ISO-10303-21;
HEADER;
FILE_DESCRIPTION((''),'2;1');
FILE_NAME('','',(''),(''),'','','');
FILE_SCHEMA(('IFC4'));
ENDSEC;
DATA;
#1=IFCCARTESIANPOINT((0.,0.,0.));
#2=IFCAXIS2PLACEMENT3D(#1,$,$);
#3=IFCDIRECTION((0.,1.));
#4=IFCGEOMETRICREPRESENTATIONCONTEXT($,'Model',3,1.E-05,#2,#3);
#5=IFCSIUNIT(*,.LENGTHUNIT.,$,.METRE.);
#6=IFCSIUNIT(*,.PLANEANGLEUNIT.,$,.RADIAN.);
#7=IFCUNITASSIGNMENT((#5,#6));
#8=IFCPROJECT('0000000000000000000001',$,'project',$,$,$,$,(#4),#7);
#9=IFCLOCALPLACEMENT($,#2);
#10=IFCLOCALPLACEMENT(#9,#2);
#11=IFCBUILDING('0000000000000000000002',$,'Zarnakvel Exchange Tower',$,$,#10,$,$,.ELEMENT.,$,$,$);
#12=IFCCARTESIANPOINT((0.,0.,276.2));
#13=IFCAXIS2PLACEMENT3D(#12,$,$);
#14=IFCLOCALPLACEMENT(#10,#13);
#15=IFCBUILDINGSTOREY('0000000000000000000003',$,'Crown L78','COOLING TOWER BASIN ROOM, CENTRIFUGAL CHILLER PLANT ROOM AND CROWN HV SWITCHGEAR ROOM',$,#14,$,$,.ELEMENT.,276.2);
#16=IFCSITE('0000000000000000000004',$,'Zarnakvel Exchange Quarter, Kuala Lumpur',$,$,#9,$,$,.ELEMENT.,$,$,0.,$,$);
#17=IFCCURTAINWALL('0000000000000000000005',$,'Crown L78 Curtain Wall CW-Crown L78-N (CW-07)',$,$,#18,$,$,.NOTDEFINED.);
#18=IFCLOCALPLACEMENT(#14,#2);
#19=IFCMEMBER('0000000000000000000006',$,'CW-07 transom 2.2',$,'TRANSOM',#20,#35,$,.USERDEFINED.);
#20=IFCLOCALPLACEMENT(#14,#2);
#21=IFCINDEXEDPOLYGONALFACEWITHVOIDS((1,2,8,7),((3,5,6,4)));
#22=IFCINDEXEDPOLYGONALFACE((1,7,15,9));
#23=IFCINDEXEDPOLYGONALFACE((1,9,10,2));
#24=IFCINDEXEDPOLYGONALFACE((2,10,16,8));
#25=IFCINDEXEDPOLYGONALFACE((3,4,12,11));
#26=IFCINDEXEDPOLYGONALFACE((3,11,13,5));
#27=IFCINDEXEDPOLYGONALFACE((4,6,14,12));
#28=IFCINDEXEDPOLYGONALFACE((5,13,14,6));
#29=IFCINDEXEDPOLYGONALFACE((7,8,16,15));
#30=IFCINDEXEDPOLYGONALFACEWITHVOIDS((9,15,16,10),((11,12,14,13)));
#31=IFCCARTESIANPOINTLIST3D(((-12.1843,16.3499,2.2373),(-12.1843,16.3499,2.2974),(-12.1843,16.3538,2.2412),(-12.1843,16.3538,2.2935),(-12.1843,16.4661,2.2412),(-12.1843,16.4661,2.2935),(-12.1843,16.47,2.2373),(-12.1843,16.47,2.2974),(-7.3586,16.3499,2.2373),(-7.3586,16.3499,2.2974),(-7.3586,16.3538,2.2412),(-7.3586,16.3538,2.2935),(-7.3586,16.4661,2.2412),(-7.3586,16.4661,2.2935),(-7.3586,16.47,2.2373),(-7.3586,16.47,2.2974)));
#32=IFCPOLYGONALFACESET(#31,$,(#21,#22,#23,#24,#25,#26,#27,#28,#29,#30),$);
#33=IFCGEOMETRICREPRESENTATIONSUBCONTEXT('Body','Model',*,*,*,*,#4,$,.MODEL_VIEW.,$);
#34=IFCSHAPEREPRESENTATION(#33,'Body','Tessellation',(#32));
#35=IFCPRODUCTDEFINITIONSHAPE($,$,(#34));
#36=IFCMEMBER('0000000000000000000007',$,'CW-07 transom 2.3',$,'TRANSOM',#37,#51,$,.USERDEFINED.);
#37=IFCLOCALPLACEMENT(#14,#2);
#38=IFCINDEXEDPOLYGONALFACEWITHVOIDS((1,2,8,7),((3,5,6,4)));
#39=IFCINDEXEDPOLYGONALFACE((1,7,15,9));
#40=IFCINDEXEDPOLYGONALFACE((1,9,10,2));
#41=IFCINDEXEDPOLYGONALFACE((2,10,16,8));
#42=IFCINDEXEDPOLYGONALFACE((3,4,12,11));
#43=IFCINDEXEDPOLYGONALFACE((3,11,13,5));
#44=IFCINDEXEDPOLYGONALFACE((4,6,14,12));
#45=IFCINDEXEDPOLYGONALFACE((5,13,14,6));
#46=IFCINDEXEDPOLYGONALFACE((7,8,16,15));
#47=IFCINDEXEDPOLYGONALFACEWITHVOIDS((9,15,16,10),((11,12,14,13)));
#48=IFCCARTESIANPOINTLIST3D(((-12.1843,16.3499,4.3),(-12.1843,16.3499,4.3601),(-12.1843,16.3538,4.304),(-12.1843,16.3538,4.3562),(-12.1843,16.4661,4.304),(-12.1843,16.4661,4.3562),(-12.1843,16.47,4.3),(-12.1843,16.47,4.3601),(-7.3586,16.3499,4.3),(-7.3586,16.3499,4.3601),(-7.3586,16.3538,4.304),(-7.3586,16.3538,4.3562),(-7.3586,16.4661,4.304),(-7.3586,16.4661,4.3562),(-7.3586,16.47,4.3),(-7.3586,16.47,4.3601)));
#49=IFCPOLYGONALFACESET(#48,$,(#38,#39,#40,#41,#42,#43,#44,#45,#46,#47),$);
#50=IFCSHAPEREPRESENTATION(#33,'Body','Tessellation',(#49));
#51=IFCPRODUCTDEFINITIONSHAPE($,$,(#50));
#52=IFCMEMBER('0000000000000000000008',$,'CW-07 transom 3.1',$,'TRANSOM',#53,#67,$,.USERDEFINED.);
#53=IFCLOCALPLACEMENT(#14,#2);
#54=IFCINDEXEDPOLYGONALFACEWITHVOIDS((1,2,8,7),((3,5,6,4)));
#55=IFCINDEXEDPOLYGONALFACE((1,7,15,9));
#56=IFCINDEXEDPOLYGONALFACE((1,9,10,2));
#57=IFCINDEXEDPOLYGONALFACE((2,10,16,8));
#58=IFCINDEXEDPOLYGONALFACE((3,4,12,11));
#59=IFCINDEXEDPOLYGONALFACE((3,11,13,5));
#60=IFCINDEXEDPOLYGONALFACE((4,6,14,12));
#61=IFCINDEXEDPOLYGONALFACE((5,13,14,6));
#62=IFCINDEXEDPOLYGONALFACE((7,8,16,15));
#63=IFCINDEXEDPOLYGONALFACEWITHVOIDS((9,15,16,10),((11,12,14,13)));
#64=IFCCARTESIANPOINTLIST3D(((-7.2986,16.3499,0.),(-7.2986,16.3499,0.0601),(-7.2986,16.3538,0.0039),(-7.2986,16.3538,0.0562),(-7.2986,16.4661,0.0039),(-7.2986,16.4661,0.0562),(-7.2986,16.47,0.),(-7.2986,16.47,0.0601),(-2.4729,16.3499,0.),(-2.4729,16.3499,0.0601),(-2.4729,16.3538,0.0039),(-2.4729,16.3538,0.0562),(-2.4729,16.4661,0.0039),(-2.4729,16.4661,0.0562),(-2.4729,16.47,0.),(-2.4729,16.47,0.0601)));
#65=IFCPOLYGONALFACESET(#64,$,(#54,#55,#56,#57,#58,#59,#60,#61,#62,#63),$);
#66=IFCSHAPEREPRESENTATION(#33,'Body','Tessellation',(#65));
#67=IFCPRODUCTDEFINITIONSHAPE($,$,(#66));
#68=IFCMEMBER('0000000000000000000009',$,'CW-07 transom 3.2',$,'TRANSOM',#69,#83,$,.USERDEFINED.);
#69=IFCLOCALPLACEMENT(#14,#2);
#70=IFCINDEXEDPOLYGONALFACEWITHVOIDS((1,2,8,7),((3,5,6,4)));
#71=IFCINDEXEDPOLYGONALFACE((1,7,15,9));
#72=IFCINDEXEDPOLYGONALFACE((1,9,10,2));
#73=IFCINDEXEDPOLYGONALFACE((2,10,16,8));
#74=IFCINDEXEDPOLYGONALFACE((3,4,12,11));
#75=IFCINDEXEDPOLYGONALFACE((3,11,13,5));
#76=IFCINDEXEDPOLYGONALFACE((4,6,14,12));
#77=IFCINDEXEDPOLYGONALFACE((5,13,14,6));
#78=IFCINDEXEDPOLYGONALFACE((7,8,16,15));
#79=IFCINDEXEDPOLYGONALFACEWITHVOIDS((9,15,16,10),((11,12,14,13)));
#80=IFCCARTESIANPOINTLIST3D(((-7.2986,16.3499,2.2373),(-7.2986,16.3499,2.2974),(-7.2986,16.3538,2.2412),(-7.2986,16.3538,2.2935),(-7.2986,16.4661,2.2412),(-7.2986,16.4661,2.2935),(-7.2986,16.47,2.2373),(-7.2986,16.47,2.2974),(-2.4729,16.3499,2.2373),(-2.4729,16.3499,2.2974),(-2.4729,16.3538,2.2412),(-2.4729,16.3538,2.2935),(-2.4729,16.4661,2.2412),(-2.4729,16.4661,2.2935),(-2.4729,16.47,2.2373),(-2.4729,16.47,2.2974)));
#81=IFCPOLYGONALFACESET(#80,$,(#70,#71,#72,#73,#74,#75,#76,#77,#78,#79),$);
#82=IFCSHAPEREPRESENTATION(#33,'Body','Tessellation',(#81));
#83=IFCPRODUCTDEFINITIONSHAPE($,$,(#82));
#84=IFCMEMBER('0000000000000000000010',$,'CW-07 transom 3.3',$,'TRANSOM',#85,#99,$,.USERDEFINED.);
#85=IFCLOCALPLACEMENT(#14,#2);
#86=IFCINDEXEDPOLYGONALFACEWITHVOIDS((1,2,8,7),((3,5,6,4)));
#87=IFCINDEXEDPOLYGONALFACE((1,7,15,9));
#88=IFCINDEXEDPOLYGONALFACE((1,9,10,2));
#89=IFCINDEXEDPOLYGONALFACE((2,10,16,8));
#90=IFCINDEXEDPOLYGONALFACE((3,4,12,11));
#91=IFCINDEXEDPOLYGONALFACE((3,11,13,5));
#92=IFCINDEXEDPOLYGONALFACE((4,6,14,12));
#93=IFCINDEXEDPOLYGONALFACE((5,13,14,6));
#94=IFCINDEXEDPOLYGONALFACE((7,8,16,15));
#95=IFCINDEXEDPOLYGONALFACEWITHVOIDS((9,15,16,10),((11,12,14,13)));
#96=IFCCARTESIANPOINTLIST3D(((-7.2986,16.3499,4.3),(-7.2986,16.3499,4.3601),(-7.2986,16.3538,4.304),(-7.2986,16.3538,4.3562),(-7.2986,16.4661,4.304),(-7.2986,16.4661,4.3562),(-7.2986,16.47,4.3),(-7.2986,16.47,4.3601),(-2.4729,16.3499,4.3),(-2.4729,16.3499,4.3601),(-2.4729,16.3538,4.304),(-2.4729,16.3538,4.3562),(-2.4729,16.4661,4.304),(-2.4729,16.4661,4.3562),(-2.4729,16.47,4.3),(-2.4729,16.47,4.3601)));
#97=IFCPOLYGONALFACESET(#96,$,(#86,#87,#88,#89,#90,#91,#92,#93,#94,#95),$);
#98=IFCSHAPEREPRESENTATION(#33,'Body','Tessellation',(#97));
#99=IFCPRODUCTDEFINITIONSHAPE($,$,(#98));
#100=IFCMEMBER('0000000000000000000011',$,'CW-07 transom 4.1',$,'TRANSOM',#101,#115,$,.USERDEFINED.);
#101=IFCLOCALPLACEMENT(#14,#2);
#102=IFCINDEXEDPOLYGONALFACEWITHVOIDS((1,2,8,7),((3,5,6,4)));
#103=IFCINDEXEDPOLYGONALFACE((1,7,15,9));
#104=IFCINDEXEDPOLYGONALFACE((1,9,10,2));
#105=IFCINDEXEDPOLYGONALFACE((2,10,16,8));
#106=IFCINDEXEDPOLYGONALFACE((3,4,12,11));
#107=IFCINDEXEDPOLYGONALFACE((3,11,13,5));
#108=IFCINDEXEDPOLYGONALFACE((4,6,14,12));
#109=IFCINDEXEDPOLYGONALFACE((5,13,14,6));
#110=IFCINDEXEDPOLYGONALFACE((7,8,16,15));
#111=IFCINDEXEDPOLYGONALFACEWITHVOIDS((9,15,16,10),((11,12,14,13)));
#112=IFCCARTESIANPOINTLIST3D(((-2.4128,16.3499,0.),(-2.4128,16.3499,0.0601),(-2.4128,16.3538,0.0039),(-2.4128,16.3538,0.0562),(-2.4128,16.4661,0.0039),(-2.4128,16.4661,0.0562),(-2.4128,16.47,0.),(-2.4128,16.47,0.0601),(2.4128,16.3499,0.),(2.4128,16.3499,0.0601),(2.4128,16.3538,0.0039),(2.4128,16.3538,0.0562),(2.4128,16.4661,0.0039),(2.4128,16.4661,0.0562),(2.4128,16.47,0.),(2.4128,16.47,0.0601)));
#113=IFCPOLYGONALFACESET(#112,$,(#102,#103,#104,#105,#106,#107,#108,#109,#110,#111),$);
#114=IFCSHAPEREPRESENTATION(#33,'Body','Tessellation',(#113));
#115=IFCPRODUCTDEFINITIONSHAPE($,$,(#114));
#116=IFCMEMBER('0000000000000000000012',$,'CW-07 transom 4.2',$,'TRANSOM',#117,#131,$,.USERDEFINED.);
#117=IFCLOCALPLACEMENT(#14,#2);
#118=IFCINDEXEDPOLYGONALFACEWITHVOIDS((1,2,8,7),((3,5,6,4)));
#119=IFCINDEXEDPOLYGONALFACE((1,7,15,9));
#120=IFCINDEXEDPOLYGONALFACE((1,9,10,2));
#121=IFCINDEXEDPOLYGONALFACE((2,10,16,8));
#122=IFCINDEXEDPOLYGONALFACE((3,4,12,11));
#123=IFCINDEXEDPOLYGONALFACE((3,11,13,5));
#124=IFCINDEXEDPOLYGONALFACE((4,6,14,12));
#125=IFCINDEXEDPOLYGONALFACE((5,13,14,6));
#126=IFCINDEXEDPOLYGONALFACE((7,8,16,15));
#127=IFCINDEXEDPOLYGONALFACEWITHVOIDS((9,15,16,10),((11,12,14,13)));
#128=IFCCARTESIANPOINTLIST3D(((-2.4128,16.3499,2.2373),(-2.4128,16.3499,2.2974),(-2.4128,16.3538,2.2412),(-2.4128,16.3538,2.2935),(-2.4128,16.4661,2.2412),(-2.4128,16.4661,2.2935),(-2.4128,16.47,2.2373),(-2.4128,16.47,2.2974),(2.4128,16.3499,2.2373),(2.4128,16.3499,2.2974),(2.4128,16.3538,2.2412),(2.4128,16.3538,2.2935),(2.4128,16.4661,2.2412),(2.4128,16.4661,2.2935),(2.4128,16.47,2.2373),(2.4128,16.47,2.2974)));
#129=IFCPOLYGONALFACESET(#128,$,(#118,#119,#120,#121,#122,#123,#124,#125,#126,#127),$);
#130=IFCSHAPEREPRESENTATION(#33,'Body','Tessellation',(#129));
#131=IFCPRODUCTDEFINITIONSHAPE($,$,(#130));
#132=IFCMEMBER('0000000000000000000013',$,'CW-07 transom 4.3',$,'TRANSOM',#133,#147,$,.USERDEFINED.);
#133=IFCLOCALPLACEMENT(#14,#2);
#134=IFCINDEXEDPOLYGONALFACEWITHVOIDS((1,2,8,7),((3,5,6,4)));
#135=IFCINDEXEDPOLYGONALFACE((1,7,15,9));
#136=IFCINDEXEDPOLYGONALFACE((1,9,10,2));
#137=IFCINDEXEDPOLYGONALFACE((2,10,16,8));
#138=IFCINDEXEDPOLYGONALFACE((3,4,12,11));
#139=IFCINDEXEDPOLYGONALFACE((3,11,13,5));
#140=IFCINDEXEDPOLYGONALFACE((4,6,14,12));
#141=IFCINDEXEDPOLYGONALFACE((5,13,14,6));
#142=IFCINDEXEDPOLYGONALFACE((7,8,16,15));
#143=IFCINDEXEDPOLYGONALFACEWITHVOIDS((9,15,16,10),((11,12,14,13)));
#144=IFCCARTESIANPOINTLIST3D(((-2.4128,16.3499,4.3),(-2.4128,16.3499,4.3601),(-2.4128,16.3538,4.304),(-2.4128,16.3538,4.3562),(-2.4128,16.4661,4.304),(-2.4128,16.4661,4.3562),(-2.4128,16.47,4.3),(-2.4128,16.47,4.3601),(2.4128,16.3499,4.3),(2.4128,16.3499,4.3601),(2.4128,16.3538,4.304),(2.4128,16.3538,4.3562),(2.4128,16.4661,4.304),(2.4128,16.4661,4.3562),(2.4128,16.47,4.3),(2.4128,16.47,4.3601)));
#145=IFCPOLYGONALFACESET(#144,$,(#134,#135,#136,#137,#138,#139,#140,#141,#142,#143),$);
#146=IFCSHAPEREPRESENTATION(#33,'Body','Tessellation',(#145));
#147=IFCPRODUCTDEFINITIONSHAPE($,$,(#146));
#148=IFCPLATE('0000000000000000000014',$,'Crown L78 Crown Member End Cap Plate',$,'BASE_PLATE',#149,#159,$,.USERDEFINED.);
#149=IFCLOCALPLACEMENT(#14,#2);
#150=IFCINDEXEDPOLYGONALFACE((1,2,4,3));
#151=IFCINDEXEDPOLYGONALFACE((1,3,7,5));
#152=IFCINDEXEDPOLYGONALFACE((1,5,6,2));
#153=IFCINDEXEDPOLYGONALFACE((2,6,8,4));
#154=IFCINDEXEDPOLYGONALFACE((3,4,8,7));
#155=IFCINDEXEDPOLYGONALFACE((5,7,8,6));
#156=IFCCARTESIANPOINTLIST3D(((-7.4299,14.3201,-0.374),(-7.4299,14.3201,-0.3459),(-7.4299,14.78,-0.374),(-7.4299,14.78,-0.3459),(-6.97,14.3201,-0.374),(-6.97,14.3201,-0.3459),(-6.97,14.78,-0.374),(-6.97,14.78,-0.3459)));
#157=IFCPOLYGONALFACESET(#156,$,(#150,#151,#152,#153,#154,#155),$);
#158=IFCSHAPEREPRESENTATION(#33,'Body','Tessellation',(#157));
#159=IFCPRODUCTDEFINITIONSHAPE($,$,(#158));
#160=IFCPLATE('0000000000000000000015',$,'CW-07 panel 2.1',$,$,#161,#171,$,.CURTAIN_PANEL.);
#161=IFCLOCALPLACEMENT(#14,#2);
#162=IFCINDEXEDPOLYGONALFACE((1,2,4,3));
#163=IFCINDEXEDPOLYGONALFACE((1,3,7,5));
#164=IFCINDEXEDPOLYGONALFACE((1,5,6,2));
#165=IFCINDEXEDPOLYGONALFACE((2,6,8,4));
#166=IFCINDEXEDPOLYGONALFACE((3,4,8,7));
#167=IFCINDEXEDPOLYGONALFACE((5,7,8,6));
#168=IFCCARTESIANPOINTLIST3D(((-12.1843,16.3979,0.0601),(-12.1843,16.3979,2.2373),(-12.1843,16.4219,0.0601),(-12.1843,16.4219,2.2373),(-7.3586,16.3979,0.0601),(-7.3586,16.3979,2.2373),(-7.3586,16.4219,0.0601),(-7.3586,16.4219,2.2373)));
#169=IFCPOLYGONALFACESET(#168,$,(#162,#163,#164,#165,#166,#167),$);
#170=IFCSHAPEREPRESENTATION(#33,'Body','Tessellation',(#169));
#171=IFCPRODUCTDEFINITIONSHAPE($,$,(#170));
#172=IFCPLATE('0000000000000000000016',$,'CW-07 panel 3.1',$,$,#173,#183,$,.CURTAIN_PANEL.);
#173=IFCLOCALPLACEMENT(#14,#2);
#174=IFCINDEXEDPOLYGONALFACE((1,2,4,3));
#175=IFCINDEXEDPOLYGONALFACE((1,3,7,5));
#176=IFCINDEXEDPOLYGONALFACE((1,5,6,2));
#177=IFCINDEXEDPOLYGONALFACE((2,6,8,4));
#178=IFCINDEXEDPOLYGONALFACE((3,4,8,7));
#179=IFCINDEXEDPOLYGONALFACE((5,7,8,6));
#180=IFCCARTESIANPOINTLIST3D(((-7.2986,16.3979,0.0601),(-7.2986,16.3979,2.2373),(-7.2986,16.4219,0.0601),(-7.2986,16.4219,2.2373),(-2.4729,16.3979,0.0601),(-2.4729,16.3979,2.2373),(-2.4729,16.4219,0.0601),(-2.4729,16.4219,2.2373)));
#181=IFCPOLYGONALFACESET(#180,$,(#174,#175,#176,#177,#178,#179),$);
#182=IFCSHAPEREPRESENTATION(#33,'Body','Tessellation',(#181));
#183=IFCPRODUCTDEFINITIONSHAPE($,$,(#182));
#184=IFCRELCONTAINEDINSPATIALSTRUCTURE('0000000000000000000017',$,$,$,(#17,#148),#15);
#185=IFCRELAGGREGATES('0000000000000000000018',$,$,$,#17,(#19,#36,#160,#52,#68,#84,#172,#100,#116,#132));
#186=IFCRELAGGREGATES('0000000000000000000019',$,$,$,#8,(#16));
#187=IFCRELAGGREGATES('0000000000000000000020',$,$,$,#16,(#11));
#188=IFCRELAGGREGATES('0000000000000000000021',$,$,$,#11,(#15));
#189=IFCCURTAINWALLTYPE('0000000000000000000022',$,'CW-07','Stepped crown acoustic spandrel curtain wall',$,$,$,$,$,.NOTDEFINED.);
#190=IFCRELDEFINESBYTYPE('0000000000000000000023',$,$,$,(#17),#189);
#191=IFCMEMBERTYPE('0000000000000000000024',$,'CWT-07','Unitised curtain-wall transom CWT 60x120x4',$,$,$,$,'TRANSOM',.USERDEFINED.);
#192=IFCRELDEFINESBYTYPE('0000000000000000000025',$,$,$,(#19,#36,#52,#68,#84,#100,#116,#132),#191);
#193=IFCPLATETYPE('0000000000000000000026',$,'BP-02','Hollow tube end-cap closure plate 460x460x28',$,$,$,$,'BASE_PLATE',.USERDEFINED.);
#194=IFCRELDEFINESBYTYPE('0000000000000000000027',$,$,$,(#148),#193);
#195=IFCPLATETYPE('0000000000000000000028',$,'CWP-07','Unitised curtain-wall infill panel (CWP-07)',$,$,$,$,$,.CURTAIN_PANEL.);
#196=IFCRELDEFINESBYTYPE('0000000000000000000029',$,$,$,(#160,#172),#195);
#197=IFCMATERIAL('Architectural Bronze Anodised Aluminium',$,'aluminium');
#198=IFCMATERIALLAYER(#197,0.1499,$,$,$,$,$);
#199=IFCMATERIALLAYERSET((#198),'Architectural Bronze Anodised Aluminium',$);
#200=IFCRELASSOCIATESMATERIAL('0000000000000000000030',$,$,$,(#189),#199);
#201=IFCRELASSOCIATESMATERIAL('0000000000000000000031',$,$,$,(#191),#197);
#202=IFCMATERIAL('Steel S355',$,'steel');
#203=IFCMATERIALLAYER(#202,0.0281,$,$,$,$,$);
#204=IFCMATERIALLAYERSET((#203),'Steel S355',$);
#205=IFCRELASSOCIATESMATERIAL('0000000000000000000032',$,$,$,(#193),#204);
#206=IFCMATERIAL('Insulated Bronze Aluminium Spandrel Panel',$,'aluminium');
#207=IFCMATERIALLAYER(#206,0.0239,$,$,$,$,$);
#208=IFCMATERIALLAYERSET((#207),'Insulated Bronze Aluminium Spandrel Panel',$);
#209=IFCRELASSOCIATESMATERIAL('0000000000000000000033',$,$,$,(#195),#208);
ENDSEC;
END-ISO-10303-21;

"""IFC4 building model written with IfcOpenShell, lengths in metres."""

from ifc_helpers import new_model, si_unit, direction, frame, origin, origin_2d, place, context, subcontext, project, spatial, rectangle, hollow_rectangle, extrude, source, transform, mapped, material, layer, layer_set, material_profile, profile_set, type_object, element, aggregate, save


model = new_model("IFC4")

# Units and contexts
model_context = context("Model", 3, precision=1e-05, world=origin(), true_north=direction((0.0, 1.0)))
body_context = subcontext(model_context, "Body", "Model", "MODEL_VIEW")
ifc_project = project(units=[si_unit("LENGTHUNIT", "METRE"), si_unit("PLANEANGLEUNIT", "RADIAN")], contexts=[model_context])

# Site, building, storey
site_placement = place(None, origin())
site = spatial("IfcSite", under=ifc_project, at=site_placement, Name="Zarnakvel Exchange Quarter, Kuala Lumpur", CompositionType="ELEMENT", RefElevation=0.0)
building_placement = place(site_placement, origin())
building = spatial("IfcBuilding", under=site, at=building_placement, Name="Zarnakvel Exchange Tower", CompositionType="ELEMENT")
storey_placement = place(building_placement, frame((0.0, 0.0, 276.2)))
storey = spatial("IfcBuildingStorey", under=building, at=storey_placement, Name="Crown L78", Description="COOLING TOWER BASIN ROOM, CENTRIFUGAL CHILLER PLANT ROOM AND CROWN HV SWITCHGEAR ROOM", CompositionType="ELEMENT", Elevation=276.2)

# Shared definitions
ifc_material_1 = material(Name="Steel S355", Category="steel")

# Curtain wall, members
ifc_material_2 = material(Name="Architectural Bronze Anodised Aluminium", Category="aluminium")
ifc_layer_1 = layer(ifc_material_2, 0.1499)
ifc_layer_set_1 = layer_set([ifc_layer_1], Name="Architectural Bronze Anodised Aluminium")
curtain_wall_type = type_object("IfcCurtainWallType", Name="CW-07", Description="Stepped crown acoustic spandrel curtain wall", PredefinedType="NOTDEFINED", material=ifc_layer_set_1)
curtain_wall_placement = place(storey_placement, origin())
curtain_wall = element("IfcCurtainWall", 1, at=curtain_wall_placement, inside=storey, type_object=curtain_wall_type, Name="Crown L78 Curtain Wall CW-Crown L78-N (CW-07)", PredefinedType="NOTDEFINED")
ifc_material_profile_1 = material_profile(ifc_material_2, hollow_rectangle(XDim=0.1201, YDim=0.0601, WallThickness=0.0039, at=origin_2d()))
ifc_profile_set_1 = profile_set([ifc_material_profile_1], Name="Architectural Bronze Anodised Aluminium")
member_type_1 = type_object("IfcMemberType", Name="CWT-07", Description="Unitised curtain-wall transom CWT 60x120x4", ElementType="TRANSOM", PredefinedType="USERDEFINED", material=ifc_profile_set_1)
shared_shape_1 = source(origin(), body_context, "Body", "SweptSolid", [
    extrude(hollow_rectangle(XDim=0.1201, YDim=0.0601, WallThickness=0.0039, at=origin_2d()), origin(), (0.0, 0.0, 1.0), 4.8257),
])
member_1_placement = place(storey_placement, frame((-12.1843, 16.4099, 2.2673), z_axis=(1.0, 0.0, 0.0), x_axis=(0.0, 1.0, 0.0)))
member_1 = element("IfcMember", 2, at=member_1_placement, type_object=member_type_1, Name="CW-07 transom 2.2", ObjectType="TRANSOM", PredefinedType="USERDEFINED", context=body_context, shape_type="MappedRepresentation", body=[
    mapped(shared_shape_1, transform((0.0, 0.0, 0.0), x_axis=(1.0, 0.0, 0.0), y_axis=(0.0, 1.0, 0.0), z_axis=(0.0, 0.0, 1.0), scale=1.0)),
])
member_2_placement = place(storey_placement, frame((-12.1843, 16.4099, 4.3301), z_axis=(1.0, 0.0, 0.0), x_axis=(0.0, 1.0, 0.0)))
member_2 = element("IfcMember", 3, at=member_2_placement, type_object=member_type_1, Name="CW-07 transom 2.3", ObjectType="TRANSOM", PredefinedType="USERDEFINED", context=body_context, shape_type="MappedRepresentation", body=[
    mapped(shared_shape_1, transform((0.0, 0.0, 0.0), x_axis=(1.0, 0.0, 0.0), y_axis=(0.0, 1.0, 0.0), z_axis=(0.0, 0.0, 1.0), scale=1.0)),
])
member_3_placement = place(storey_placement, frame((-7.2986, 16.4099, 0.03), z_axis=(1.0, 0.0, 0.0), x_axis=(0.0, 1.0, 0.0)))
member_3 = element("IfcMember", 4, at=member_3_placement, type_object=member_type_1, Name="CW-07 transom 3.1", ObjectType="TRANSOM", PredefinedType="USERDEFINED", context=body_context, shape_type="MappedRepresentation", body=[
    mapped(shared_shape_1, transform((0.0, 0.0, 0.0), x_axis=(1.0, 0.0, 0.0), y_axis=(0.0, 1.0, 0.0), z_axis=(0.0, 0.0, 1.0), scale=1.0)),
])
member_4_placement = place(storey_placement, frame((-7.2986, 16.4099, 2.2673), z_axis=(1.0, 0.0, 0.0), x_axis=(0.0, 1.0, 0.0)))
member_4 = element("IfcMember", 5, at=member_4_placement, type_object=member_type_1, Name="CW-07 transom 3.2", ObjectType="TRANSOM", PredefinedType="USERDEFINED", context=body_context, shape_type="MappedRepresentation", body=[
    mapped(shared_shape_1, transform((0.0, 0.0, 0.0), x_axis=(1.0, 0.0, 0.0), y_axis=(0.0, 1.0, 0.0), z_axis=(0.0, 0.0, 1.0), scale=1.0)),
])
member_5_placement = place(storey_placement, frame((-7.2986, 16.4099, 4.3301), z_axis=(1.0, 0.0, 0.0), x_axis=(0.0, 1.0, 0.0)))
member_5 = element("IfcMember", 6, at=member_5_placement, type_object=member_type_1, Name="CW-07 transom 3.3", ObjectType="TRANSOM", PredefinedType="USERDEFINED", context=body_context, shape_type="MappedRepresentation", body=[
    mapped(shared_shape_1, transform((0.0, 0.0, 0.0), x_axis=(1.0, 0.0, 0.0), y_axis=(0.0, 1.0, 0.0), z_axis=(0.0, 0.0, 1.0), scale=1.0)),
])
member_6_placement = place(storey_placement, frame((-2.4128, 16.4099, 0.03), z_axis=(1.0, 0.0, 0.0), x_axis=(0.0, 1.0, 0.0)))
member_6 = element("IfcMember", 7, at=member_6_placement, type_object=member_type_1, Name="CW-07 transom 4.1", ObjectType="TRANSOM", PredefinedType="USERDEFINED", context=body_context, shape_type="MappedRepresentation", body=[
    mapped(shared_shape_1, transform((0.0, 0.0, 0.0), x_axis=(1.0, 0.0, 0.0), y_axis=(0.0, 1.0, 0.0), z_axis=(0.0, 0.0, 1.0), scale=1.0)),
])
member_7_placement = place(storey_placement, frame((-2.4128, 16.4099, 2.2673), z_axis=(1.0, 0.0, 0.0), x_axis=(0.0, 1.0, 0.0)))
member_7 = element("IfcMember", 8, at=member_7_placement, type_object=member_type_1, Name="CW-07 transom 4.2", ObjectType="TRANSOM", PredefinedType="USERDEFINED", context=body_context, shape_type="MappedRepresentation", body=[
    mapped(shared_shape_1, transform((0.0, 0.0, 0.0), x_axis=(1.0, 0.0, 0.0), y_axis=(0.0, 1.0, 0.0), z_axis=(0.0, 0.0, 1.0), scale=1.0)),
])
member_8_placement = place(storey_placement, frame((-2.4128, 16.4099, 4.3301), z_axis=(1.0, 0.0, 0.0), x_axis=(0.0, 1.0, 0.0)))
member_8 = element("IfcMember", 9, at=member_8_placement, type_object=member_type_1, Name="CW-07 transom 4.3", ObjectType="TRANSOM", PredefinedType="USERDEFINED", context=body_context, shape_type="MappedRepresentation", body=[
    mapped(shared_shape_1, transform((0.0, 0.0, 0.0), x_axis=(1.0, 0.0, 0.0), y_axis=(0.0, 1.0, 0.0), z_axis=(0.0, 0.0, 1.0), scale=1.0)),
])

# Plates
ifc_layer_2 = layer(ifc_material_1, 0.0281)
ifc_layer_set_2 = layer_set([ifc_layer_2], Name="Steel S355")
plate_type_1 = type_object("IfcPlateType", Name="BP-02", Description="Hollow tube end-cap closure plate 460x460x28", ElementType="BASE_PLATE", PredefinedType="USERDEFINED", material=ifc_layer_set_2)
shared_shape_2 = source(origin(), body_context, "Body", "SweptSolid", [
    extrude(rectangle(XDim=0.46, YDim=0.46, at=origin_2d()), origin(), (0.0, 0.0, 1.0), 0.0281),
])
plate_1_placement = place(storey_placement, frame((-7.2, 14.55, -0.374), z_axis=(0.0, 0.0, 1.0), x_axis=(1.0, 0.0, 0.0)))
element("IfcPlate", 10, at=plate_1_placement, inside=storey, type_object=plate_type_1, Name="Crown L78 Crown Member End Cap Plate", ObjectType="BASE_PLATE", PredefinedType="USERDEFINED", context=body_context, shape_type="MappedRepresentation", body=[
    mapped(shared_shape_2, transform((0.0, 0.0, 0.0), x_axis=(1.0, 0.0, 0.0), y_axis=(0.0, 1.0, 0.0), z_axis=(0.0, 0.0, 1.0), scale=1.0)),
])
ifc_material_3 = material(Name="Insulated Bronze Aluminium Spandrel Panel", Category="aluminium")
ifc_layer_3 = layer(ifc_material_3, 0.0239)
ifc_layer_set_3 = layer_set([ifc_layer_3], Name="Insulated Bronze Aluminium Spandrel Panel")
plate_type_2 = type_object("IfcPlateType", Name="CWP-07", Description="Unitised curtain-wall infill panel (CWP-07)", PredefinedType="CURTAIN_PANEL", material=ifc_layer_set_3)
shared_shape_3 = source(origin(), body_context, "Body", "SweptSolid", [
    extrude(rectangle(XDim=4.8257, YDim=0.0239, at=origin_2d()), origin(), (0.0, 0.0, 1.0), 2.1772),
])
plate_2_placement = place(storey_placement, frame((-9.7715, 16.4099, 0.0601), z_axis=(0.0, 0.0, 1.0), x_axis=(1.0, 0.0, 0.0)))
plate_2 = element("IfcPlate", 11, at=plate_2_placement, type_object=plate_type_2, Name="CW-07 panel 2.1", PredefinedType="CURTAIN_PANEL", context=body_context, shape_type="MappedRepresentation", body=[
    mapped(shared_shape_3, transform((0.0, 0.0, 0.0), x_axis=(1.0, 0.0, 0.0), y_axis=(0.0, 1.0, 0.0), z_axis=(0.0, 0.0, 1.0), scale=1.0)),
])
plate_3_placement = place(storey_placement, frame((-4.8857, 16.4099, 0.0601), z_axis=(0.0, 0.0, 1.0), x_axis=(1.0, 0.0, 0.0)))
plate_3 = element("IfcPlate", 12, at=plate_3_placement, type_object=plate_type_2, Name="CW-07 panel 3.1", PredefinedType="CURTAIN_PANEL", context=body_context, shape_type="MappedRepresentation", body=[
    mapped(shared_shape_3, transform((0.0, 0.0, 0.0), x_axis=(1.0, 0.0, 0.0), y_axis=(0.0, 1.0, 0.0), z_axis=(0.0, 0.0, 1.0), scale=1.0)),
])
aggregate(curtain_wall, [member_1, member_2, plate_2, member_3, member_4, member_5, plate_3, member_6, member_7, member_8])

save(model, "model.ifc")
